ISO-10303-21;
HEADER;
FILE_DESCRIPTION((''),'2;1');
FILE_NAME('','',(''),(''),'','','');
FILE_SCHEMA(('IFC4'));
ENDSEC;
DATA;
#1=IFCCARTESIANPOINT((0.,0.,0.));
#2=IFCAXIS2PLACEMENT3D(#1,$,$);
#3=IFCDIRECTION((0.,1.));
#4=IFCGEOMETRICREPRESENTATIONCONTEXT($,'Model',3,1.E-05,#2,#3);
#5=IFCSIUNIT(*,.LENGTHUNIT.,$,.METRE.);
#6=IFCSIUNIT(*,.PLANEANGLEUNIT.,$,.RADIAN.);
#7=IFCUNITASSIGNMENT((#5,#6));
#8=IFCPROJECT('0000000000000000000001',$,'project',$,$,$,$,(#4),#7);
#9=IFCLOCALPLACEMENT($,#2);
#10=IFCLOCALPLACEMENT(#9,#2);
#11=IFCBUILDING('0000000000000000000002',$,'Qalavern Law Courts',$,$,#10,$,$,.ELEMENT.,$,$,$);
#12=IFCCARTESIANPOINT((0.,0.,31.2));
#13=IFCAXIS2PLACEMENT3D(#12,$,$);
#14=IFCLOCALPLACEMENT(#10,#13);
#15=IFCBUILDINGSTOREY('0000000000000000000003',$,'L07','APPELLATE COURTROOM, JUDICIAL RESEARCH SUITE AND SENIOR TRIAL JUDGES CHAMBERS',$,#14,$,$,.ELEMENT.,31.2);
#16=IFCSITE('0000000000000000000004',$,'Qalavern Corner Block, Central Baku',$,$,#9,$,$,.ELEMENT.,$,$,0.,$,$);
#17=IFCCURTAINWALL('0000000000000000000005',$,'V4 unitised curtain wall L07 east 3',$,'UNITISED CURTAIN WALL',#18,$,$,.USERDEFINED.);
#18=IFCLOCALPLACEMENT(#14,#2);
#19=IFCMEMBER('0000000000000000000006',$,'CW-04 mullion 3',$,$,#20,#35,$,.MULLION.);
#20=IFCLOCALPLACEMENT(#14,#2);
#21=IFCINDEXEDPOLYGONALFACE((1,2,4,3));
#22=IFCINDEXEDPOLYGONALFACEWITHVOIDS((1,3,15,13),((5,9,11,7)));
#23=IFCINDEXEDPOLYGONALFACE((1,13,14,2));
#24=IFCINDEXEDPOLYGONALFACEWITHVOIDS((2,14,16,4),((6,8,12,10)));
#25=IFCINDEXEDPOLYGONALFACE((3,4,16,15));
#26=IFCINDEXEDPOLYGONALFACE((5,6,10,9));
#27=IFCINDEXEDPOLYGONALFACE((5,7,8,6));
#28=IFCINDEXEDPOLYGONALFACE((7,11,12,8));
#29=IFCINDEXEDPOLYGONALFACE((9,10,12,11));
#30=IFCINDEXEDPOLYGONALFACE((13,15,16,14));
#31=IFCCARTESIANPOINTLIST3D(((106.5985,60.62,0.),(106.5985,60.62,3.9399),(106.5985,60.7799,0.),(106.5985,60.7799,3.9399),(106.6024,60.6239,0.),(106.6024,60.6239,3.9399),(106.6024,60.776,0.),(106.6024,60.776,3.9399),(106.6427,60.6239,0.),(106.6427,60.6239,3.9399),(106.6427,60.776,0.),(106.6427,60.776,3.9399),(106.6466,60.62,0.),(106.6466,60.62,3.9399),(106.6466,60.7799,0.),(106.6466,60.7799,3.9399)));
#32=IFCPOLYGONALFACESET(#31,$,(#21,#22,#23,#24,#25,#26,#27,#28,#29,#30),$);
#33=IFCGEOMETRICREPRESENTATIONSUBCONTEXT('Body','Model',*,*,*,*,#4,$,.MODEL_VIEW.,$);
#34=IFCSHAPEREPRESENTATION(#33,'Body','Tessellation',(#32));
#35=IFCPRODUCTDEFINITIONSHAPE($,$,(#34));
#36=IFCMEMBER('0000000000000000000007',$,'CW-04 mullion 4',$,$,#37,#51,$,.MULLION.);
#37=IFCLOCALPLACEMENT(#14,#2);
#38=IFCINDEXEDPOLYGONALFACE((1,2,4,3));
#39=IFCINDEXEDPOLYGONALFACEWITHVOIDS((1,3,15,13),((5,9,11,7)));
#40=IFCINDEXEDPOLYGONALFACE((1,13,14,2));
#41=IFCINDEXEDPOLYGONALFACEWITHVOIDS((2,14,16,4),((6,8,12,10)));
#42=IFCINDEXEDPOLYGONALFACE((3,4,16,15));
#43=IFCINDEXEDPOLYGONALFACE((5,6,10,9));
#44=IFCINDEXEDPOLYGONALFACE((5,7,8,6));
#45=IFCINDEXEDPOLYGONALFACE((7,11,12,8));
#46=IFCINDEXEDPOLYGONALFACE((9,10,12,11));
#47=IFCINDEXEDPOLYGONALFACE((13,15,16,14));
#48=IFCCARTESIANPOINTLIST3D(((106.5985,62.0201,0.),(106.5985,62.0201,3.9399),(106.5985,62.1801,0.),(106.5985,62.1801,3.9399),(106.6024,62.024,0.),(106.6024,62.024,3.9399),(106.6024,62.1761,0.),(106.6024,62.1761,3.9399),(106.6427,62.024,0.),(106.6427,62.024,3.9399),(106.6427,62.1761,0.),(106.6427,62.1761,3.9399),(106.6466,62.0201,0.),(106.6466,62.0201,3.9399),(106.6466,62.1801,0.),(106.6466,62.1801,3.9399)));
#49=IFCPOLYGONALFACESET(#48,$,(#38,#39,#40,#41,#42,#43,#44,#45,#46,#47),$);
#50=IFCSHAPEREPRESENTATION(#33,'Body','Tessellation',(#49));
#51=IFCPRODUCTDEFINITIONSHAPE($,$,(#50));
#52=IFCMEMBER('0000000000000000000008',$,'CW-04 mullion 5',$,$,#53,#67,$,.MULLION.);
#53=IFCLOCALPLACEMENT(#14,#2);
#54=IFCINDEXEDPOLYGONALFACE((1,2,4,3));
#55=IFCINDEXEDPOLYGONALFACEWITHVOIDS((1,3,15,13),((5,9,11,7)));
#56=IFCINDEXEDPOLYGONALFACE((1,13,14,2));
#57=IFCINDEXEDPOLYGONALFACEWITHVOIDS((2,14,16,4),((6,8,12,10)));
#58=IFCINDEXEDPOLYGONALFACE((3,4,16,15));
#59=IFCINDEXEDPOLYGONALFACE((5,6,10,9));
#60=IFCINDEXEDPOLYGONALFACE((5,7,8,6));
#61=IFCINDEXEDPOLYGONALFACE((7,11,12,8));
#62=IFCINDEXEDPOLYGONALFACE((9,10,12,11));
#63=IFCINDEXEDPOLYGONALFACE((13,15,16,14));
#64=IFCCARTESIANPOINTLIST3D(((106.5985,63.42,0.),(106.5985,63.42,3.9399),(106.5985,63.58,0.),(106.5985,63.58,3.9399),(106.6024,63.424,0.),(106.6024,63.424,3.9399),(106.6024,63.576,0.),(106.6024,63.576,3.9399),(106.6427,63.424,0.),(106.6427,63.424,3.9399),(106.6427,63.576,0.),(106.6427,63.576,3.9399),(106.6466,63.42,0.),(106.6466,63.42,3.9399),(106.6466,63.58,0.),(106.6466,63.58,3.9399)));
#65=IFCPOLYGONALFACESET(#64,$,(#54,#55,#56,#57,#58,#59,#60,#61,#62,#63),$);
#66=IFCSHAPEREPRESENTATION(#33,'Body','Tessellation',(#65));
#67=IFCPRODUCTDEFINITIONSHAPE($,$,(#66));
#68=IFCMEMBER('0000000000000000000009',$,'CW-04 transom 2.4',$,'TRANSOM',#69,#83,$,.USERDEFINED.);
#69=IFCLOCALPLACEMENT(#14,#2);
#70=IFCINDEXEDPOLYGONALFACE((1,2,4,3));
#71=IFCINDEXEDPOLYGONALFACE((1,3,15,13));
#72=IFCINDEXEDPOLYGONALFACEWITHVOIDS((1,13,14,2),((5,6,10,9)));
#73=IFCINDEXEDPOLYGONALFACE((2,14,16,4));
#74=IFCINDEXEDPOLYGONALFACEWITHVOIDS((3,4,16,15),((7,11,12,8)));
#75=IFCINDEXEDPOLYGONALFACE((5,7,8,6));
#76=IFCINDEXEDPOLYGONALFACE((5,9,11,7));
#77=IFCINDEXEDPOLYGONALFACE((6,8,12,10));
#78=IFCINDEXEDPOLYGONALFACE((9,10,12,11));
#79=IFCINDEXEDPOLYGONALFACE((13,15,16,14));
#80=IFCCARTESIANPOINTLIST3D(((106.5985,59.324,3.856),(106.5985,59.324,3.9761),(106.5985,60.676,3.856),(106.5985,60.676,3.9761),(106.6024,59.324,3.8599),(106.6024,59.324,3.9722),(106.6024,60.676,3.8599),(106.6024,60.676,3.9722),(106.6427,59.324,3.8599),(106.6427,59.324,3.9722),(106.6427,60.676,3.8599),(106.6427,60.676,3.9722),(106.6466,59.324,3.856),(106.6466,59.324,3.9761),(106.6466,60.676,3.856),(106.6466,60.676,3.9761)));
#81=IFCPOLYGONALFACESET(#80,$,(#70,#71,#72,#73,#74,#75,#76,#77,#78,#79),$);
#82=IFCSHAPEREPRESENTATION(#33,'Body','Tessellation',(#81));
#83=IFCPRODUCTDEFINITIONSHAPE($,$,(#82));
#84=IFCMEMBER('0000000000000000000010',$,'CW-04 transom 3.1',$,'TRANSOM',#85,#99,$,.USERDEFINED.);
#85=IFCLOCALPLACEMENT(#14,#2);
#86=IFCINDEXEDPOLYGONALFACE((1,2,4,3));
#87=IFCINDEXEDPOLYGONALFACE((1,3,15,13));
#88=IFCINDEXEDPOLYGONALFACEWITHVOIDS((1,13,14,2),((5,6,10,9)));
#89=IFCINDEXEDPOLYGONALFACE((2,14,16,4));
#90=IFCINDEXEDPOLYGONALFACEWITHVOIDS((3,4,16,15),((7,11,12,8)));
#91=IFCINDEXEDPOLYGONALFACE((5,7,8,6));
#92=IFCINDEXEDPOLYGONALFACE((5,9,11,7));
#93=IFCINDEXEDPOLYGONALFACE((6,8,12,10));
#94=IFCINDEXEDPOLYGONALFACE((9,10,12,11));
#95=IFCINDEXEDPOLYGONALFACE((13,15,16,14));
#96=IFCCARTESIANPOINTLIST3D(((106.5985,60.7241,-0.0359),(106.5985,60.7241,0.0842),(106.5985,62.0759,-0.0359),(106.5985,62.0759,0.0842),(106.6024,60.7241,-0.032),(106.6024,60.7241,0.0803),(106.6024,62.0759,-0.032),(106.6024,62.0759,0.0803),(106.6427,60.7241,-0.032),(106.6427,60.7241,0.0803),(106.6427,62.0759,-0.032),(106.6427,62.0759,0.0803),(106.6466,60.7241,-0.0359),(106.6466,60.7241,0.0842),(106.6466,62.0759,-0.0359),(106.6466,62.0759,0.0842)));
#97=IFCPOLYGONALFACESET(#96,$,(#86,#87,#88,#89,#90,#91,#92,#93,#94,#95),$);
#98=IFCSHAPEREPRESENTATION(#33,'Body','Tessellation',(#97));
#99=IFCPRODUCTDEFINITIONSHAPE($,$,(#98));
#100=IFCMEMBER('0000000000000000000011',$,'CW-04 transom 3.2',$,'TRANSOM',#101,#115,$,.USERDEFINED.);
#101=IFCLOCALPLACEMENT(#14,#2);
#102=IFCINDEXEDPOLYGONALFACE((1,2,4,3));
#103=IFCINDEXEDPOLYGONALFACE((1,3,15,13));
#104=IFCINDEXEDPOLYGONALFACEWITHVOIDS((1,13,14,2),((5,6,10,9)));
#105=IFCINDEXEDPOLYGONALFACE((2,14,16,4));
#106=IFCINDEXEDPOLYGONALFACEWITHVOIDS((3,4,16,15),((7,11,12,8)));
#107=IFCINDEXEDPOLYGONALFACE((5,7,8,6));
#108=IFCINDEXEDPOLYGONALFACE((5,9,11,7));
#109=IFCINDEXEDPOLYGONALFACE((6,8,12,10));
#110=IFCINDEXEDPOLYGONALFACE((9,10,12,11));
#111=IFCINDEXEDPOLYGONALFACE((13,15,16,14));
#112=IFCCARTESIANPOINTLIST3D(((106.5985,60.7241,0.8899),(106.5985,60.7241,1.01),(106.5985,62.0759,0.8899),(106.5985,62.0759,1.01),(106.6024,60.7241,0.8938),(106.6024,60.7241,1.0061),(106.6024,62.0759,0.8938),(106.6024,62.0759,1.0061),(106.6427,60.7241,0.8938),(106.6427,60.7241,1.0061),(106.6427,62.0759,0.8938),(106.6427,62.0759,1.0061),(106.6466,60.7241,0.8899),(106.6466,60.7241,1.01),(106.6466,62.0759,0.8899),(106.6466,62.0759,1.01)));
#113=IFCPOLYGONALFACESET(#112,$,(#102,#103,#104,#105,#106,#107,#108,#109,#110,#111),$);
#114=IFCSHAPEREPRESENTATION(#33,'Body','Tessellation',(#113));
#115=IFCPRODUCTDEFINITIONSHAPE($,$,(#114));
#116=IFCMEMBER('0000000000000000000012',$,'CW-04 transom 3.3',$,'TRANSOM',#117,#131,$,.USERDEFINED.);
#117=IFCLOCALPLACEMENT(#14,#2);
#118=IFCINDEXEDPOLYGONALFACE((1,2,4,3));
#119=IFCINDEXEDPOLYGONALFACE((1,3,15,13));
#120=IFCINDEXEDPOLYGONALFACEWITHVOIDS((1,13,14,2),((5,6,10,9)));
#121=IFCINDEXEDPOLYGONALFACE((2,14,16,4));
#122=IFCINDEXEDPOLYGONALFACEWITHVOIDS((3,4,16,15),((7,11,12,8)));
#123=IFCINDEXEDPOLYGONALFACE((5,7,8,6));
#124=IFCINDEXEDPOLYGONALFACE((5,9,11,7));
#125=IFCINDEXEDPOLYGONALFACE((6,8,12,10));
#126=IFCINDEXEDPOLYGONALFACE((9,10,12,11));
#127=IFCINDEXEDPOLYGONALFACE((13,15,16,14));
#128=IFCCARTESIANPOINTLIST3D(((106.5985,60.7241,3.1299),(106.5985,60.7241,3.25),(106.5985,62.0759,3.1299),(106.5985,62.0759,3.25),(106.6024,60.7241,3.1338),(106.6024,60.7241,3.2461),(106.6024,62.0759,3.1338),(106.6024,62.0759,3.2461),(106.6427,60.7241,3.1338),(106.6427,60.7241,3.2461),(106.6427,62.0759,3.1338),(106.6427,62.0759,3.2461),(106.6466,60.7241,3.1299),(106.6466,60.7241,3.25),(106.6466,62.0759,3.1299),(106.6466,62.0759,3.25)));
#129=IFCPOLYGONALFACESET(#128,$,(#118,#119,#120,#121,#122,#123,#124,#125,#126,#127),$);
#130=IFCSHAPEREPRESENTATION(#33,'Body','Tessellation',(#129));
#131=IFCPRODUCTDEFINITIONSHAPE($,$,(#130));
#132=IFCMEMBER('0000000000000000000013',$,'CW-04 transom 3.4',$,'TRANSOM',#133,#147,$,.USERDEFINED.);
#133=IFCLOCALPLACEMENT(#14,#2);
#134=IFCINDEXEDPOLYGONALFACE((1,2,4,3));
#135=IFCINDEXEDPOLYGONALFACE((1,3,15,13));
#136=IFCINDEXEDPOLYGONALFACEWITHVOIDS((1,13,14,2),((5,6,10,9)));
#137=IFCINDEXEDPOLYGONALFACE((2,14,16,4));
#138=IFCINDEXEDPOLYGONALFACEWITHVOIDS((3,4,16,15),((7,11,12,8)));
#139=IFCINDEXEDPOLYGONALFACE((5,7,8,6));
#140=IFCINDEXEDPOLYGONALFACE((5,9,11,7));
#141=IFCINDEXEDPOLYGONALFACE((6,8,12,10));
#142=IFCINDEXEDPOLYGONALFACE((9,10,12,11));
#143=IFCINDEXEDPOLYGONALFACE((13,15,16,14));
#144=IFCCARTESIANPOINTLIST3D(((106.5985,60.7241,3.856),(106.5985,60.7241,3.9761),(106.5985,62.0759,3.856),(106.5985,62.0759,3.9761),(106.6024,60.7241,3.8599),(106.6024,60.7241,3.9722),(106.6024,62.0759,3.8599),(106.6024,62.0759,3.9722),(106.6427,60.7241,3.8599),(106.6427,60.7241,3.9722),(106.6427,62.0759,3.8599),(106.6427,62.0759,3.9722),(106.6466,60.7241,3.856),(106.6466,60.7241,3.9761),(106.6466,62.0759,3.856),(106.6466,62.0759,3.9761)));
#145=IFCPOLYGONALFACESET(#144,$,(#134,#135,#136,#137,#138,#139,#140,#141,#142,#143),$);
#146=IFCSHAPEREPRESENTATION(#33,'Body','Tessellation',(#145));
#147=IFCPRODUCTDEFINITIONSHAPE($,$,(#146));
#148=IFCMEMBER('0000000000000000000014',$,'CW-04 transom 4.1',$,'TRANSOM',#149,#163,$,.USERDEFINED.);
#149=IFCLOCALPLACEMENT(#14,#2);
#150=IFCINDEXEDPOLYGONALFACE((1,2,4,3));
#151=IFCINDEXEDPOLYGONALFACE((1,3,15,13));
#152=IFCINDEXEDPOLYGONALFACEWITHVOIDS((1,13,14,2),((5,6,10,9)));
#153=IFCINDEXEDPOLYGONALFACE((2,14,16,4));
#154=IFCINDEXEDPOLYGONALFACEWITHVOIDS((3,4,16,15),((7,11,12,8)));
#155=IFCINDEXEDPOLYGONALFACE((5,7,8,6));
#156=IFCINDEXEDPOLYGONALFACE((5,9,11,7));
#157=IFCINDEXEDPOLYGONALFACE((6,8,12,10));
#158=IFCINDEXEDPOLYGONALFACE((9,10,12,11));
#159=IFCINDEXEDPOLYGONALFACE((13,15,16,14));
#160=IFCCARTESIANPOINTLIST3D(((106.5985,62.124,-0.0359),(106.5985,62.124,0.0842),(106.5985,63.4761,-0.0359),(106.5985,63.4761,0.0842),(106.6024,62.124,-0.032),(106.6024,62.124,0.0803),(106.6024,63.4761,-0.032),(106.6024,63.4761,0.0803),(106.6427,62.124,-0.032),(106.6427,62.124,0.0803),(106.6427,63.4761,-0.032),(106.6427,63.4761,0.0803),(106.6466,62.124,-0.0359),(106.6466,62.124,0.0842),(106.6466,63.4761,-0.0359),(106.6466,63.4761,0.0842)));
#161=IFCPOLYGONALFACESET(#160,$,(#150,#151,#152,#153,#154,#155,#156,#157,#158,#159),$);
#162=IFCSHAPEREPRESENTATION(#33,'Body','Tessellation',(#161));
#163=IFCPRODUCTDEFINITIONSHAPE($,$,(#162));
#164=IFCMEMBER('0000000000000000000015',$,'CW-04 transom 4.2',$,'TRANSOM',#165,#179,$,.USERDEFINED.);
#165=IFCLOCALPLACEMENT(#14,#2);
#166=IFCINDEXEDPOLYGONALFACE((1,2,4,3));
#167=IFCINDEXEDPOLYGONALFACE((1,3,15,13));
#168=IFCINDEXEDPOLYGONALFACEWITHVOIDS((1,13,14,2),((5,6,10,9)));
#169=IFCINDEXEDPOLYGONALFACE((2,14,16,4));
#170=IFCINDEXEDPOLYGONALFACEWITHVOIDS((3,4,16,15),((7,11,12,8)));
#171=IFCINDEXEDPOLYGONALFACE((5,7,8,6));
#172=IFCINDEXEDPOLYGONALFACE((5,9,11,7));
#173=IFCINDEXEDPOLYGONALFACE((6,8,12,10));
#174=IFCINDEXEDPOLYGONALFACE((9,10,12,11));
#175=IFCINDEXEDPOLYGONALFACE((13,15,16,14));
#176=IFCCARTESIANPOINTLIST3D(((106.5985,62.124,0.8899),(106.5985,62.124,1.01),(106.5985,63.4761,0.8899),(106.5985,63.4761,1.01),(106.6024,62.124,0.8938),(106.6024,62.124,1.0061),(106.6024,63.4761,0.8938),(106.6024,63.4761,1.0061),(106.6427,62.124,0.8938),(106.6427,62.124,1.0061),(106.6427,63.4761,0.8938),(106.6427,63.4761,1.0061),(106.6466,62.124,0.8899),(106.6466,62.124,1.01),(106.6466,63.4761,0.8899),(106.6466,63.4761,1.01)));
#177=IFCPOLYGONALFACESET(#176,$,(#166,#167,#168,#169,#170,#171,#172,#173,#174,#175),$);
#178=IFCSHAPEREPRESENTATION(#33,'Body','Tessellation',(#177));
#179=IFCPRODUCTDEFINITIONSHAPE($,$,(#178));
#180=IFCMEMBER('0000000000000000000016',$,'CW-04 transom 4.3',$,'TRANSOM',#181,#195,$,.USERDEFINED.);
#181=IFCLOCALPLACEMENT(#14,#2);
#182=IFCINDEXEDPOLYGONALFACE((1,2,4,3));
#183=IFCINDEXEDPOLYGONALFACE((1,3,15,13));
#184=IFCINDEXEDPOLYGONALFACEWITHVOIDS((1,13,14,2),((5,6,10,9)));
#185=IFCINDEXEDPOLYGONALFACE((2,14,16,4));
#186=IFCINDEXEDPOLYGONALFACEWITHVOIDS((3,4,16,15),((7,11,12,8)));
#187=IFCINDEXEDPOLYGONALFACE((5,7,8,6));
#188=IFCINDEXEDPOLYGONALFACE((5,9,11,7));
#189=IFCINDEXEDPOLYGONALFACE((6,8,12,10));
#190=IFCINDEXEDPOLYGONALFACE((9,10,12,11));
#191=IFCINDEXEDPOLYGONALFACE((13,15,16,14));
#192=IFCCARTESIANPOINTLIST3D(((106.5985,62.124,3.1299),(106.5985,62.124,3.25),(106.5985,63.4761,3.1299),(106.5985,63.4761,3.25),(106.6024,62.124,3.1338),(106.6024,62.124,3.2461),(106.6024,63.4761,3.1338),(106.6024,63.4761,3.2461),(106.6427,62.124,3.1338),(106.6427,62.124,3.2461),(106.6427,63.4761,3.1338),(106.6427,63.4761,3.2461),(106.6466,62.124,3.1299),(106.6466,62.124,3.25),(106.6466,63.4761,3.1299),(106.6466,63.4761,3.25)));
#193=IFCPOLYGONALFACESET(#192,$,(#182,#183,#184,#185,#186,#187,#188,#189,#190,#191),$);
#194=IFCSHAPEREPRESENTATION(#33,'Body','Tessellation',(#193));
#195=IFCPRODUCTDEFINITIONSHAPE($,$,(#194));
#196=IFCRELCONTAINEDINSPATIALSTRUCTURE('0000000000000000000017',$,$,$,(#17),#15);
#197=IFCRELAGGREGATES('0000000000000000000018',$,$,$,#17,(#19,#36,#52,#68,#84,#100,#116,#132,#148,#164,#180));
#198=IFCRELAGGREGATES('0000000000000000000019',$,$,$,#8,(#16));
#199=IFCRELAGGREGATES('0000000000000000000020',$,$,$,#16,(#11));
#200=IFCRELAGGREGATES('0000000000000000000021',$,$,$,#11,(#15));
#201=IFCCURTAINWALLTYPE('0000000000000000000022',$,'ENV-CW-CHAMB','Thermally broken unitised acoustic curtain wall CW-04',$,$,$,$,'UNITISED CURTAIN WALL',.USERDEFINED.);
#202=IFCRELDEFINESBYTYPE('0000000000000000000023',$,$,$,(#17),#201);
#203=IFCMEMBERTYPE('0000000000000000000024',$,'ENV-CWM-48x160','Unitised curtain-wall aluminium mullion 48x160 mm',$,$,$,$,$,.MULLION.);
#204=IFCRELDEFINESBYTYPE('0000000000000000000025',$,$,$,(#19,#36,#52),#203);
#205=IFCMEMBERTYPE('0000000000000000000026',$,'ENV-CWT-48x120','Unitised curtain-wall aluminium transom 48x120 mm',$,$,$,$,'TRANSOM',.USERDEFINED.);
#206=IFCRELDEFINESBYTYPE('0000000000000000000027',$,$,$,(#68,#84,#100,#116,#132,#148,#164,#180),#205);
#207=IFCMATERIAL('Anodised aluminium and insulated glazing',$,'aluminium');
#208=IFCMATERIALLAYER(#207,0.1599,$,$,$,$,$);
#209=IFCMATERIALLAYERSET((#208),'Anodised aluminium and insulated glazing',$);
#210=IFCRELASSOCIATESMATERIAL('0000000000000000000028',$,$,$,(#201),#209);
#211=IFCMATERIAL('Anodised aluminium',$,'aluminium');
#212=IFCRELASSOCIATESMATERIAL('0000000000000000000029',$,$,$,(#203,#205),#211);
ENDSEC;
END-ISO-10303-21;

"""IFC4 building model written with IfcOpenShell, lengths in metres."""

from ifc_helpers import new_model, si_unit, direction, frame, origin, origin_2d, place, context, subcontext, project, spatial, hollow_rectangle, extrude, material, layer, layer_set, material_profile, profile_set, type_object, element, aggregate, save


model = new_model("IFC4")

# Units and contexts
model_context = context("Model", 3, precision=1e-05, world=origin(), true_north=direction((0.0, 1.0)))
body_context = subcontext(model_context, "Body", "Model", "MODEL_VIEW")
ifc_project = project(units=[si_unit("LENGTHUNIT", "METRE"), si_unit("PLANEANGLEUNIT", "RADIAN")], contexts=[model_context])

# Site, building, storey
site_placement = place(None, origin())
site = spatial("IfcSite", under=ifc_project, at=site_placement, Name="Qalavern Corner Block, Central Baku", CompositionType="ELEMENT", RefElevation=0.0)
building_placement = place(site_placement, origin())
building = spatial("IfcBuilding", under=site, at=building_placement, Name="Qalavern Law Courts", CompositionType="ELEMENT")
storey_placement = place(building_placement, frame((0.0, 0.0, 31.2)))
storey = spatial("IfcBuildingStorey", under=building, at=storey_placement, Name="L07", Description="APPELLATE COURTROOM, JUDICIAL RESEARCH SUITE AND SENIOR TRIAL JUDGES CHAMBERS", CompositionType="ELEMENT", Elevation=31.2)

# Curtain wall, members
ifc_material_1 = material(Name="Anodised aluminium and insulated glazing", Category="aluminium")
ifc_layer_1 = layer(ifc_material_1, 0.1599)
ifc_layer_set_1 = layer_set([ifc_layer_1], Name="Anodised aluminium and insulated glazing")
curtain_wall_type = type_object("IfcCurtainWallType", Name="ENV-CW-CHAMB", Description="Thermally broken unitised acoustic curtain wall CW-04", ElementType="UNITISED CURTAIN WALL", PredefinedType="USERDEFINED", material=ifc_layer_set_1)
curtain_wall_placement = place(storey_placement, origin())
curtain_wall = element("IfcCurtainWall", 1, at=curtain_wall_placement, inside=storey, type_object=curtain_wall_type, Name="V4 unitised curtain wall L07 east 3", ObjectType="UNITISED CURTAIN WALL", PredefinedType="USERDEFINED")
ifc_material_2 = material(Name="Anodised aluminium", Category="aluminium")
ifc_material_profile_1 = material_profile(ifc_material_2, hollow_rectangle(XDim=0.0481, YDim=0.1599, WallThickness=0.0039, at=origin_2d()), Name="ALU MULLION 48x160")
ifc_profile_set_1 = profile_set([ifc_material_profile_1], Name="Anodised aluminium")
member_type_1 = type_object("IfcMemberType", Name="ENV-CWM-48x160", Description="Unitised curtain-wall aluminium mullion 48x160 mm", PredefinedType="MULLION", material=ifc_profile_set_1)
member_1_placement = place(storey_placement, frame((106.6226, 60.7, 0.0), z_axis=(0.0, 0.0, 1.0), x_axis=(-1.0, 0.0, 0.0)))
member_1 = element("IfcMember", 2, at=member_1_placement, type_object=member_type_1, Name="CW-04 mullion 3", PredefinedType="MULLION", context=body_context, shape_type="SweptSolid", body=[
    extrude(hollow_rectangle(XDim=0.0481, YDim=0.1599, WallThickness=0.0039, at=origin_2d()), origin(), (0.0, 0.0, 1.0), 3.9399),
])
member_2_placement = place(storey_placement, frame((106.6226, 62.1001, 0.0), z_axis=(0.0, 0.0, 1.0), x_axis=(-1.0, 0.0, 0.0)))
member_2 = element("IfcMember", 3, at=member_2_placement, type_object=member_type_1, Name="CW-04 mullion 4", PredefinedType="MULLION", context=body_context, shape_type="SweptSolid", body=[
    extrude(hollow_rectangle(XDim=0.0481, YDim=0.1599, WallThickness=0.0039, at=origin_2d()), origin(), (0.0, 0.0, 1.0), 3.9399),
])
member_3_placement = place(storey_placement, frame((106.6226, 63.5, 0.0), z_axis=(0.0, 0.0, 1.0), x_axis=(-1.0, 0.0, 0.0)))
member_3 = element("IfcMember", 4, at=member_3_placement, type_object=member_type_1, Name="CW-04 mullion 5", PredefinedType="MULLION", context=body_context, shape_type="SweptSolid", body=[
    extrude(hollow_rectangle(XDim=0.0481, YDim=0.1599, WallThickness=0.0039, at=origin_2d()), origin(), (0.0, 0.0, 1.0), 3.9399),
])
ifc_material_profile_2 = material_profile(ifc_material_2, hollow_rectangle(XDim=0.0481, YDim=0.1201, WallThickness=0.0039, at=origin_2d()), Name="ALU TRANSOM 48x120")
ifc_profile_set_2 = profile_set([ifc_material_profile_2], Name="Anodised aluminium")
member_type_2 = type_object("IfcMemberType", Name="ENV-CWT-48x120", Description="Unitised curtain-wall aluminium transom 48x120 mm", ElementType="TRANSOM", PredefinedType="USERDEFINED", material=ifc_profile_set_2)
member_4_placement = place(storey_placement, frame((106.6226, 59.324, 3.916), z_axis=(0.0, 1.0, 0.0), x_axis=(-1.0, 0.0, 0.0)))
member_4 = element("IfcMember", 5, at=member_4_placement, type_object=member_type_2, Name="CW-04 transom 2.4", ObjectType="TRANSOM", PredefinedType="USERDEFINED", context=body_context, shape_type="SweptSolid", body=[
    extrude(hollow_rectangle(XDim=0.0481, YDim=0.1201, WallThickness=0.0039, at=origin_2d()), origin(), (0.0, 0.0, 1.0), 1.3521),
])
member_5_placement = place(storey_placement, frame((106.6226, 60.7241, 0.0242), z_axis=(0.0, 1.0, 0.0), x_axis=(-1.0, 0.0, 0.0)))
member_5 = element("IfcMember", 6, at=member_5_placement, type_object=member_type_2, Name="CW-04 transom 3.1", ObjectType="TRANSOM", PredefinedType="USERDEFINED", context=body_context, shape_type="SweptSolid", body=[
    extrude(hollow_rectangle(XDim=0.0481, YDim=0.1201, WallThickness=0.0039, at=origin_2d()), origin(), (0.0, 0.0, 1.0), 1.3518),
])
member_6_placement = place(storey_placement, frame((106.6226, 60.7241, 0.95), z_axis=(0.0, 1.0, 0.0), x_axis=(-1.0, 0.0, 0.0)))
member_6 = element("IfcMember", 7, at=member_6_placement, type_object=member_type_2, Name="CW-04 transom 3.2", ObjectType="TRANSOM", PredefinedType="USERDEFINED", context=body_context, shape_type="SweptSolid", body=[
    extrude(hollow_rectangle(XDim=0.0481, YDim=0.1201, WallThickness=0.0039, at=origin_2d()), origin(), (0.0, 0.0, 1.0), 1.3518),
])
member_7_placement = place(storey_placement, frame((106.6226, 60.7241, 3.1899), z_axis=(0.0, 1.0, 0.0), x_axis=(-1.0, 0.0, 0.0)))
member_7 = element("IfcMember", 8, at=member_7_placement, type_object=member_type_2, Name="CW-04 transom 3.3", ObjectType="TRANSOM", PredefinedType="USERDEFINED", context=body_context, shape_type="SweptSolid", body=[
    extrude(hollow_rectangle(XDim=0.0481, YDim=0.1201, WallThickness=0.0039, at=origin_2d()), origin(), (0.0, 0.0, 1.0), 1.3518),
])
member_8_placement = place(storey_placement, frame((106.6226, 60.7241, 3.916), z_axis=(0.0, 1.0, 0.0), x_axis=(-1.0, 0.0, 0.0)))
member_8 = element("IfcMember", 9, at=member_8_placement, type_object=member_type_2, Name="CW-04 transom 3.4", ObjectType="TRANSOM", PredefinedType="USERDEFINED", context=body_context, shape_type="SweptSolid", body=[
    extrude(hollow_rectangle(XDim=0.0481, YDim=0.1201, WallThickness=0.0039, at=origin_2d()), origin(), (0.0, 0.0, 1.0), 1.3518),
])
member_9_placement = place(storey_placement, frame((106.6226, 62.124, 0.0242), z_axis=(0.0, 1.0, 0.0), x_axis=(-1.0, 0.0, 0.0)))
member_9 = element("IfcMember", 10, at=member_9_placement, type_object=member_type_2, Name="CW-04 transom 4.1", ObjectType="TRANSOM", PredefinedType="USERDEFINED", context=body_context, shape_type="SweptSolid", body=[
    extrude(hollow_rectangle(XDim=0.0481, YDim=0.1201, WallThickness=0.0039, at=origin_2d()), origin(), (0.0, 0.0, 1.0), 1.3521),
])
member_10_placement = place(storey_placement, frame((106.6226, 62.124, 0.95), z_axis=(0.0, 1.0, 0.0), x_axis=(-1.0, 0.0, 0.0)))
member_10 = element("IfcMember", 11, at=member_10_placement, type_object=member_type_2, Name="CW-04 transom 4.2", ObjectType="TRANSOM", PredefinedType="USERDEFINED", context=body_context, shape_type="SweptSolid", body=[
    extrude(hollow_rectangle(XDim=0.0481, YDim=0.1201, WallThickness=0.0039, at=origin_2d()), origin(), (0.0, 0.0, 1.0), 1.3521),
])
member_11_placement = place(storey_placement, frame((106.6226, 62.124, 3.1899), z_axis=(0.0, 1.0, 0.0), x_axis=(-1.0, 0.0, 0.0)))
member_11 = element("IfcMember", 12, at=member_11_placement, type_object=member_type_2, Name="CW-04 transom 4.3", ObjectType="TRANSOM", PredefinedType="USERDEFINED", context=body_context, shape_type="SweptSolid", body=[
    extrude(hollow_rectangle(XDim=0.0481, YDim=0.1201, WallThickness=0.0039, at=origin_2d()), origin(), (0.0, 0.0, 1.0), 1.3521),
])
aggregate(curtain_wall, [member_1, member_2, member_3, member_4, member_5, member_6, member_7, member_8, member_9, member_10, member_11])

save(model, "model.ifc")
